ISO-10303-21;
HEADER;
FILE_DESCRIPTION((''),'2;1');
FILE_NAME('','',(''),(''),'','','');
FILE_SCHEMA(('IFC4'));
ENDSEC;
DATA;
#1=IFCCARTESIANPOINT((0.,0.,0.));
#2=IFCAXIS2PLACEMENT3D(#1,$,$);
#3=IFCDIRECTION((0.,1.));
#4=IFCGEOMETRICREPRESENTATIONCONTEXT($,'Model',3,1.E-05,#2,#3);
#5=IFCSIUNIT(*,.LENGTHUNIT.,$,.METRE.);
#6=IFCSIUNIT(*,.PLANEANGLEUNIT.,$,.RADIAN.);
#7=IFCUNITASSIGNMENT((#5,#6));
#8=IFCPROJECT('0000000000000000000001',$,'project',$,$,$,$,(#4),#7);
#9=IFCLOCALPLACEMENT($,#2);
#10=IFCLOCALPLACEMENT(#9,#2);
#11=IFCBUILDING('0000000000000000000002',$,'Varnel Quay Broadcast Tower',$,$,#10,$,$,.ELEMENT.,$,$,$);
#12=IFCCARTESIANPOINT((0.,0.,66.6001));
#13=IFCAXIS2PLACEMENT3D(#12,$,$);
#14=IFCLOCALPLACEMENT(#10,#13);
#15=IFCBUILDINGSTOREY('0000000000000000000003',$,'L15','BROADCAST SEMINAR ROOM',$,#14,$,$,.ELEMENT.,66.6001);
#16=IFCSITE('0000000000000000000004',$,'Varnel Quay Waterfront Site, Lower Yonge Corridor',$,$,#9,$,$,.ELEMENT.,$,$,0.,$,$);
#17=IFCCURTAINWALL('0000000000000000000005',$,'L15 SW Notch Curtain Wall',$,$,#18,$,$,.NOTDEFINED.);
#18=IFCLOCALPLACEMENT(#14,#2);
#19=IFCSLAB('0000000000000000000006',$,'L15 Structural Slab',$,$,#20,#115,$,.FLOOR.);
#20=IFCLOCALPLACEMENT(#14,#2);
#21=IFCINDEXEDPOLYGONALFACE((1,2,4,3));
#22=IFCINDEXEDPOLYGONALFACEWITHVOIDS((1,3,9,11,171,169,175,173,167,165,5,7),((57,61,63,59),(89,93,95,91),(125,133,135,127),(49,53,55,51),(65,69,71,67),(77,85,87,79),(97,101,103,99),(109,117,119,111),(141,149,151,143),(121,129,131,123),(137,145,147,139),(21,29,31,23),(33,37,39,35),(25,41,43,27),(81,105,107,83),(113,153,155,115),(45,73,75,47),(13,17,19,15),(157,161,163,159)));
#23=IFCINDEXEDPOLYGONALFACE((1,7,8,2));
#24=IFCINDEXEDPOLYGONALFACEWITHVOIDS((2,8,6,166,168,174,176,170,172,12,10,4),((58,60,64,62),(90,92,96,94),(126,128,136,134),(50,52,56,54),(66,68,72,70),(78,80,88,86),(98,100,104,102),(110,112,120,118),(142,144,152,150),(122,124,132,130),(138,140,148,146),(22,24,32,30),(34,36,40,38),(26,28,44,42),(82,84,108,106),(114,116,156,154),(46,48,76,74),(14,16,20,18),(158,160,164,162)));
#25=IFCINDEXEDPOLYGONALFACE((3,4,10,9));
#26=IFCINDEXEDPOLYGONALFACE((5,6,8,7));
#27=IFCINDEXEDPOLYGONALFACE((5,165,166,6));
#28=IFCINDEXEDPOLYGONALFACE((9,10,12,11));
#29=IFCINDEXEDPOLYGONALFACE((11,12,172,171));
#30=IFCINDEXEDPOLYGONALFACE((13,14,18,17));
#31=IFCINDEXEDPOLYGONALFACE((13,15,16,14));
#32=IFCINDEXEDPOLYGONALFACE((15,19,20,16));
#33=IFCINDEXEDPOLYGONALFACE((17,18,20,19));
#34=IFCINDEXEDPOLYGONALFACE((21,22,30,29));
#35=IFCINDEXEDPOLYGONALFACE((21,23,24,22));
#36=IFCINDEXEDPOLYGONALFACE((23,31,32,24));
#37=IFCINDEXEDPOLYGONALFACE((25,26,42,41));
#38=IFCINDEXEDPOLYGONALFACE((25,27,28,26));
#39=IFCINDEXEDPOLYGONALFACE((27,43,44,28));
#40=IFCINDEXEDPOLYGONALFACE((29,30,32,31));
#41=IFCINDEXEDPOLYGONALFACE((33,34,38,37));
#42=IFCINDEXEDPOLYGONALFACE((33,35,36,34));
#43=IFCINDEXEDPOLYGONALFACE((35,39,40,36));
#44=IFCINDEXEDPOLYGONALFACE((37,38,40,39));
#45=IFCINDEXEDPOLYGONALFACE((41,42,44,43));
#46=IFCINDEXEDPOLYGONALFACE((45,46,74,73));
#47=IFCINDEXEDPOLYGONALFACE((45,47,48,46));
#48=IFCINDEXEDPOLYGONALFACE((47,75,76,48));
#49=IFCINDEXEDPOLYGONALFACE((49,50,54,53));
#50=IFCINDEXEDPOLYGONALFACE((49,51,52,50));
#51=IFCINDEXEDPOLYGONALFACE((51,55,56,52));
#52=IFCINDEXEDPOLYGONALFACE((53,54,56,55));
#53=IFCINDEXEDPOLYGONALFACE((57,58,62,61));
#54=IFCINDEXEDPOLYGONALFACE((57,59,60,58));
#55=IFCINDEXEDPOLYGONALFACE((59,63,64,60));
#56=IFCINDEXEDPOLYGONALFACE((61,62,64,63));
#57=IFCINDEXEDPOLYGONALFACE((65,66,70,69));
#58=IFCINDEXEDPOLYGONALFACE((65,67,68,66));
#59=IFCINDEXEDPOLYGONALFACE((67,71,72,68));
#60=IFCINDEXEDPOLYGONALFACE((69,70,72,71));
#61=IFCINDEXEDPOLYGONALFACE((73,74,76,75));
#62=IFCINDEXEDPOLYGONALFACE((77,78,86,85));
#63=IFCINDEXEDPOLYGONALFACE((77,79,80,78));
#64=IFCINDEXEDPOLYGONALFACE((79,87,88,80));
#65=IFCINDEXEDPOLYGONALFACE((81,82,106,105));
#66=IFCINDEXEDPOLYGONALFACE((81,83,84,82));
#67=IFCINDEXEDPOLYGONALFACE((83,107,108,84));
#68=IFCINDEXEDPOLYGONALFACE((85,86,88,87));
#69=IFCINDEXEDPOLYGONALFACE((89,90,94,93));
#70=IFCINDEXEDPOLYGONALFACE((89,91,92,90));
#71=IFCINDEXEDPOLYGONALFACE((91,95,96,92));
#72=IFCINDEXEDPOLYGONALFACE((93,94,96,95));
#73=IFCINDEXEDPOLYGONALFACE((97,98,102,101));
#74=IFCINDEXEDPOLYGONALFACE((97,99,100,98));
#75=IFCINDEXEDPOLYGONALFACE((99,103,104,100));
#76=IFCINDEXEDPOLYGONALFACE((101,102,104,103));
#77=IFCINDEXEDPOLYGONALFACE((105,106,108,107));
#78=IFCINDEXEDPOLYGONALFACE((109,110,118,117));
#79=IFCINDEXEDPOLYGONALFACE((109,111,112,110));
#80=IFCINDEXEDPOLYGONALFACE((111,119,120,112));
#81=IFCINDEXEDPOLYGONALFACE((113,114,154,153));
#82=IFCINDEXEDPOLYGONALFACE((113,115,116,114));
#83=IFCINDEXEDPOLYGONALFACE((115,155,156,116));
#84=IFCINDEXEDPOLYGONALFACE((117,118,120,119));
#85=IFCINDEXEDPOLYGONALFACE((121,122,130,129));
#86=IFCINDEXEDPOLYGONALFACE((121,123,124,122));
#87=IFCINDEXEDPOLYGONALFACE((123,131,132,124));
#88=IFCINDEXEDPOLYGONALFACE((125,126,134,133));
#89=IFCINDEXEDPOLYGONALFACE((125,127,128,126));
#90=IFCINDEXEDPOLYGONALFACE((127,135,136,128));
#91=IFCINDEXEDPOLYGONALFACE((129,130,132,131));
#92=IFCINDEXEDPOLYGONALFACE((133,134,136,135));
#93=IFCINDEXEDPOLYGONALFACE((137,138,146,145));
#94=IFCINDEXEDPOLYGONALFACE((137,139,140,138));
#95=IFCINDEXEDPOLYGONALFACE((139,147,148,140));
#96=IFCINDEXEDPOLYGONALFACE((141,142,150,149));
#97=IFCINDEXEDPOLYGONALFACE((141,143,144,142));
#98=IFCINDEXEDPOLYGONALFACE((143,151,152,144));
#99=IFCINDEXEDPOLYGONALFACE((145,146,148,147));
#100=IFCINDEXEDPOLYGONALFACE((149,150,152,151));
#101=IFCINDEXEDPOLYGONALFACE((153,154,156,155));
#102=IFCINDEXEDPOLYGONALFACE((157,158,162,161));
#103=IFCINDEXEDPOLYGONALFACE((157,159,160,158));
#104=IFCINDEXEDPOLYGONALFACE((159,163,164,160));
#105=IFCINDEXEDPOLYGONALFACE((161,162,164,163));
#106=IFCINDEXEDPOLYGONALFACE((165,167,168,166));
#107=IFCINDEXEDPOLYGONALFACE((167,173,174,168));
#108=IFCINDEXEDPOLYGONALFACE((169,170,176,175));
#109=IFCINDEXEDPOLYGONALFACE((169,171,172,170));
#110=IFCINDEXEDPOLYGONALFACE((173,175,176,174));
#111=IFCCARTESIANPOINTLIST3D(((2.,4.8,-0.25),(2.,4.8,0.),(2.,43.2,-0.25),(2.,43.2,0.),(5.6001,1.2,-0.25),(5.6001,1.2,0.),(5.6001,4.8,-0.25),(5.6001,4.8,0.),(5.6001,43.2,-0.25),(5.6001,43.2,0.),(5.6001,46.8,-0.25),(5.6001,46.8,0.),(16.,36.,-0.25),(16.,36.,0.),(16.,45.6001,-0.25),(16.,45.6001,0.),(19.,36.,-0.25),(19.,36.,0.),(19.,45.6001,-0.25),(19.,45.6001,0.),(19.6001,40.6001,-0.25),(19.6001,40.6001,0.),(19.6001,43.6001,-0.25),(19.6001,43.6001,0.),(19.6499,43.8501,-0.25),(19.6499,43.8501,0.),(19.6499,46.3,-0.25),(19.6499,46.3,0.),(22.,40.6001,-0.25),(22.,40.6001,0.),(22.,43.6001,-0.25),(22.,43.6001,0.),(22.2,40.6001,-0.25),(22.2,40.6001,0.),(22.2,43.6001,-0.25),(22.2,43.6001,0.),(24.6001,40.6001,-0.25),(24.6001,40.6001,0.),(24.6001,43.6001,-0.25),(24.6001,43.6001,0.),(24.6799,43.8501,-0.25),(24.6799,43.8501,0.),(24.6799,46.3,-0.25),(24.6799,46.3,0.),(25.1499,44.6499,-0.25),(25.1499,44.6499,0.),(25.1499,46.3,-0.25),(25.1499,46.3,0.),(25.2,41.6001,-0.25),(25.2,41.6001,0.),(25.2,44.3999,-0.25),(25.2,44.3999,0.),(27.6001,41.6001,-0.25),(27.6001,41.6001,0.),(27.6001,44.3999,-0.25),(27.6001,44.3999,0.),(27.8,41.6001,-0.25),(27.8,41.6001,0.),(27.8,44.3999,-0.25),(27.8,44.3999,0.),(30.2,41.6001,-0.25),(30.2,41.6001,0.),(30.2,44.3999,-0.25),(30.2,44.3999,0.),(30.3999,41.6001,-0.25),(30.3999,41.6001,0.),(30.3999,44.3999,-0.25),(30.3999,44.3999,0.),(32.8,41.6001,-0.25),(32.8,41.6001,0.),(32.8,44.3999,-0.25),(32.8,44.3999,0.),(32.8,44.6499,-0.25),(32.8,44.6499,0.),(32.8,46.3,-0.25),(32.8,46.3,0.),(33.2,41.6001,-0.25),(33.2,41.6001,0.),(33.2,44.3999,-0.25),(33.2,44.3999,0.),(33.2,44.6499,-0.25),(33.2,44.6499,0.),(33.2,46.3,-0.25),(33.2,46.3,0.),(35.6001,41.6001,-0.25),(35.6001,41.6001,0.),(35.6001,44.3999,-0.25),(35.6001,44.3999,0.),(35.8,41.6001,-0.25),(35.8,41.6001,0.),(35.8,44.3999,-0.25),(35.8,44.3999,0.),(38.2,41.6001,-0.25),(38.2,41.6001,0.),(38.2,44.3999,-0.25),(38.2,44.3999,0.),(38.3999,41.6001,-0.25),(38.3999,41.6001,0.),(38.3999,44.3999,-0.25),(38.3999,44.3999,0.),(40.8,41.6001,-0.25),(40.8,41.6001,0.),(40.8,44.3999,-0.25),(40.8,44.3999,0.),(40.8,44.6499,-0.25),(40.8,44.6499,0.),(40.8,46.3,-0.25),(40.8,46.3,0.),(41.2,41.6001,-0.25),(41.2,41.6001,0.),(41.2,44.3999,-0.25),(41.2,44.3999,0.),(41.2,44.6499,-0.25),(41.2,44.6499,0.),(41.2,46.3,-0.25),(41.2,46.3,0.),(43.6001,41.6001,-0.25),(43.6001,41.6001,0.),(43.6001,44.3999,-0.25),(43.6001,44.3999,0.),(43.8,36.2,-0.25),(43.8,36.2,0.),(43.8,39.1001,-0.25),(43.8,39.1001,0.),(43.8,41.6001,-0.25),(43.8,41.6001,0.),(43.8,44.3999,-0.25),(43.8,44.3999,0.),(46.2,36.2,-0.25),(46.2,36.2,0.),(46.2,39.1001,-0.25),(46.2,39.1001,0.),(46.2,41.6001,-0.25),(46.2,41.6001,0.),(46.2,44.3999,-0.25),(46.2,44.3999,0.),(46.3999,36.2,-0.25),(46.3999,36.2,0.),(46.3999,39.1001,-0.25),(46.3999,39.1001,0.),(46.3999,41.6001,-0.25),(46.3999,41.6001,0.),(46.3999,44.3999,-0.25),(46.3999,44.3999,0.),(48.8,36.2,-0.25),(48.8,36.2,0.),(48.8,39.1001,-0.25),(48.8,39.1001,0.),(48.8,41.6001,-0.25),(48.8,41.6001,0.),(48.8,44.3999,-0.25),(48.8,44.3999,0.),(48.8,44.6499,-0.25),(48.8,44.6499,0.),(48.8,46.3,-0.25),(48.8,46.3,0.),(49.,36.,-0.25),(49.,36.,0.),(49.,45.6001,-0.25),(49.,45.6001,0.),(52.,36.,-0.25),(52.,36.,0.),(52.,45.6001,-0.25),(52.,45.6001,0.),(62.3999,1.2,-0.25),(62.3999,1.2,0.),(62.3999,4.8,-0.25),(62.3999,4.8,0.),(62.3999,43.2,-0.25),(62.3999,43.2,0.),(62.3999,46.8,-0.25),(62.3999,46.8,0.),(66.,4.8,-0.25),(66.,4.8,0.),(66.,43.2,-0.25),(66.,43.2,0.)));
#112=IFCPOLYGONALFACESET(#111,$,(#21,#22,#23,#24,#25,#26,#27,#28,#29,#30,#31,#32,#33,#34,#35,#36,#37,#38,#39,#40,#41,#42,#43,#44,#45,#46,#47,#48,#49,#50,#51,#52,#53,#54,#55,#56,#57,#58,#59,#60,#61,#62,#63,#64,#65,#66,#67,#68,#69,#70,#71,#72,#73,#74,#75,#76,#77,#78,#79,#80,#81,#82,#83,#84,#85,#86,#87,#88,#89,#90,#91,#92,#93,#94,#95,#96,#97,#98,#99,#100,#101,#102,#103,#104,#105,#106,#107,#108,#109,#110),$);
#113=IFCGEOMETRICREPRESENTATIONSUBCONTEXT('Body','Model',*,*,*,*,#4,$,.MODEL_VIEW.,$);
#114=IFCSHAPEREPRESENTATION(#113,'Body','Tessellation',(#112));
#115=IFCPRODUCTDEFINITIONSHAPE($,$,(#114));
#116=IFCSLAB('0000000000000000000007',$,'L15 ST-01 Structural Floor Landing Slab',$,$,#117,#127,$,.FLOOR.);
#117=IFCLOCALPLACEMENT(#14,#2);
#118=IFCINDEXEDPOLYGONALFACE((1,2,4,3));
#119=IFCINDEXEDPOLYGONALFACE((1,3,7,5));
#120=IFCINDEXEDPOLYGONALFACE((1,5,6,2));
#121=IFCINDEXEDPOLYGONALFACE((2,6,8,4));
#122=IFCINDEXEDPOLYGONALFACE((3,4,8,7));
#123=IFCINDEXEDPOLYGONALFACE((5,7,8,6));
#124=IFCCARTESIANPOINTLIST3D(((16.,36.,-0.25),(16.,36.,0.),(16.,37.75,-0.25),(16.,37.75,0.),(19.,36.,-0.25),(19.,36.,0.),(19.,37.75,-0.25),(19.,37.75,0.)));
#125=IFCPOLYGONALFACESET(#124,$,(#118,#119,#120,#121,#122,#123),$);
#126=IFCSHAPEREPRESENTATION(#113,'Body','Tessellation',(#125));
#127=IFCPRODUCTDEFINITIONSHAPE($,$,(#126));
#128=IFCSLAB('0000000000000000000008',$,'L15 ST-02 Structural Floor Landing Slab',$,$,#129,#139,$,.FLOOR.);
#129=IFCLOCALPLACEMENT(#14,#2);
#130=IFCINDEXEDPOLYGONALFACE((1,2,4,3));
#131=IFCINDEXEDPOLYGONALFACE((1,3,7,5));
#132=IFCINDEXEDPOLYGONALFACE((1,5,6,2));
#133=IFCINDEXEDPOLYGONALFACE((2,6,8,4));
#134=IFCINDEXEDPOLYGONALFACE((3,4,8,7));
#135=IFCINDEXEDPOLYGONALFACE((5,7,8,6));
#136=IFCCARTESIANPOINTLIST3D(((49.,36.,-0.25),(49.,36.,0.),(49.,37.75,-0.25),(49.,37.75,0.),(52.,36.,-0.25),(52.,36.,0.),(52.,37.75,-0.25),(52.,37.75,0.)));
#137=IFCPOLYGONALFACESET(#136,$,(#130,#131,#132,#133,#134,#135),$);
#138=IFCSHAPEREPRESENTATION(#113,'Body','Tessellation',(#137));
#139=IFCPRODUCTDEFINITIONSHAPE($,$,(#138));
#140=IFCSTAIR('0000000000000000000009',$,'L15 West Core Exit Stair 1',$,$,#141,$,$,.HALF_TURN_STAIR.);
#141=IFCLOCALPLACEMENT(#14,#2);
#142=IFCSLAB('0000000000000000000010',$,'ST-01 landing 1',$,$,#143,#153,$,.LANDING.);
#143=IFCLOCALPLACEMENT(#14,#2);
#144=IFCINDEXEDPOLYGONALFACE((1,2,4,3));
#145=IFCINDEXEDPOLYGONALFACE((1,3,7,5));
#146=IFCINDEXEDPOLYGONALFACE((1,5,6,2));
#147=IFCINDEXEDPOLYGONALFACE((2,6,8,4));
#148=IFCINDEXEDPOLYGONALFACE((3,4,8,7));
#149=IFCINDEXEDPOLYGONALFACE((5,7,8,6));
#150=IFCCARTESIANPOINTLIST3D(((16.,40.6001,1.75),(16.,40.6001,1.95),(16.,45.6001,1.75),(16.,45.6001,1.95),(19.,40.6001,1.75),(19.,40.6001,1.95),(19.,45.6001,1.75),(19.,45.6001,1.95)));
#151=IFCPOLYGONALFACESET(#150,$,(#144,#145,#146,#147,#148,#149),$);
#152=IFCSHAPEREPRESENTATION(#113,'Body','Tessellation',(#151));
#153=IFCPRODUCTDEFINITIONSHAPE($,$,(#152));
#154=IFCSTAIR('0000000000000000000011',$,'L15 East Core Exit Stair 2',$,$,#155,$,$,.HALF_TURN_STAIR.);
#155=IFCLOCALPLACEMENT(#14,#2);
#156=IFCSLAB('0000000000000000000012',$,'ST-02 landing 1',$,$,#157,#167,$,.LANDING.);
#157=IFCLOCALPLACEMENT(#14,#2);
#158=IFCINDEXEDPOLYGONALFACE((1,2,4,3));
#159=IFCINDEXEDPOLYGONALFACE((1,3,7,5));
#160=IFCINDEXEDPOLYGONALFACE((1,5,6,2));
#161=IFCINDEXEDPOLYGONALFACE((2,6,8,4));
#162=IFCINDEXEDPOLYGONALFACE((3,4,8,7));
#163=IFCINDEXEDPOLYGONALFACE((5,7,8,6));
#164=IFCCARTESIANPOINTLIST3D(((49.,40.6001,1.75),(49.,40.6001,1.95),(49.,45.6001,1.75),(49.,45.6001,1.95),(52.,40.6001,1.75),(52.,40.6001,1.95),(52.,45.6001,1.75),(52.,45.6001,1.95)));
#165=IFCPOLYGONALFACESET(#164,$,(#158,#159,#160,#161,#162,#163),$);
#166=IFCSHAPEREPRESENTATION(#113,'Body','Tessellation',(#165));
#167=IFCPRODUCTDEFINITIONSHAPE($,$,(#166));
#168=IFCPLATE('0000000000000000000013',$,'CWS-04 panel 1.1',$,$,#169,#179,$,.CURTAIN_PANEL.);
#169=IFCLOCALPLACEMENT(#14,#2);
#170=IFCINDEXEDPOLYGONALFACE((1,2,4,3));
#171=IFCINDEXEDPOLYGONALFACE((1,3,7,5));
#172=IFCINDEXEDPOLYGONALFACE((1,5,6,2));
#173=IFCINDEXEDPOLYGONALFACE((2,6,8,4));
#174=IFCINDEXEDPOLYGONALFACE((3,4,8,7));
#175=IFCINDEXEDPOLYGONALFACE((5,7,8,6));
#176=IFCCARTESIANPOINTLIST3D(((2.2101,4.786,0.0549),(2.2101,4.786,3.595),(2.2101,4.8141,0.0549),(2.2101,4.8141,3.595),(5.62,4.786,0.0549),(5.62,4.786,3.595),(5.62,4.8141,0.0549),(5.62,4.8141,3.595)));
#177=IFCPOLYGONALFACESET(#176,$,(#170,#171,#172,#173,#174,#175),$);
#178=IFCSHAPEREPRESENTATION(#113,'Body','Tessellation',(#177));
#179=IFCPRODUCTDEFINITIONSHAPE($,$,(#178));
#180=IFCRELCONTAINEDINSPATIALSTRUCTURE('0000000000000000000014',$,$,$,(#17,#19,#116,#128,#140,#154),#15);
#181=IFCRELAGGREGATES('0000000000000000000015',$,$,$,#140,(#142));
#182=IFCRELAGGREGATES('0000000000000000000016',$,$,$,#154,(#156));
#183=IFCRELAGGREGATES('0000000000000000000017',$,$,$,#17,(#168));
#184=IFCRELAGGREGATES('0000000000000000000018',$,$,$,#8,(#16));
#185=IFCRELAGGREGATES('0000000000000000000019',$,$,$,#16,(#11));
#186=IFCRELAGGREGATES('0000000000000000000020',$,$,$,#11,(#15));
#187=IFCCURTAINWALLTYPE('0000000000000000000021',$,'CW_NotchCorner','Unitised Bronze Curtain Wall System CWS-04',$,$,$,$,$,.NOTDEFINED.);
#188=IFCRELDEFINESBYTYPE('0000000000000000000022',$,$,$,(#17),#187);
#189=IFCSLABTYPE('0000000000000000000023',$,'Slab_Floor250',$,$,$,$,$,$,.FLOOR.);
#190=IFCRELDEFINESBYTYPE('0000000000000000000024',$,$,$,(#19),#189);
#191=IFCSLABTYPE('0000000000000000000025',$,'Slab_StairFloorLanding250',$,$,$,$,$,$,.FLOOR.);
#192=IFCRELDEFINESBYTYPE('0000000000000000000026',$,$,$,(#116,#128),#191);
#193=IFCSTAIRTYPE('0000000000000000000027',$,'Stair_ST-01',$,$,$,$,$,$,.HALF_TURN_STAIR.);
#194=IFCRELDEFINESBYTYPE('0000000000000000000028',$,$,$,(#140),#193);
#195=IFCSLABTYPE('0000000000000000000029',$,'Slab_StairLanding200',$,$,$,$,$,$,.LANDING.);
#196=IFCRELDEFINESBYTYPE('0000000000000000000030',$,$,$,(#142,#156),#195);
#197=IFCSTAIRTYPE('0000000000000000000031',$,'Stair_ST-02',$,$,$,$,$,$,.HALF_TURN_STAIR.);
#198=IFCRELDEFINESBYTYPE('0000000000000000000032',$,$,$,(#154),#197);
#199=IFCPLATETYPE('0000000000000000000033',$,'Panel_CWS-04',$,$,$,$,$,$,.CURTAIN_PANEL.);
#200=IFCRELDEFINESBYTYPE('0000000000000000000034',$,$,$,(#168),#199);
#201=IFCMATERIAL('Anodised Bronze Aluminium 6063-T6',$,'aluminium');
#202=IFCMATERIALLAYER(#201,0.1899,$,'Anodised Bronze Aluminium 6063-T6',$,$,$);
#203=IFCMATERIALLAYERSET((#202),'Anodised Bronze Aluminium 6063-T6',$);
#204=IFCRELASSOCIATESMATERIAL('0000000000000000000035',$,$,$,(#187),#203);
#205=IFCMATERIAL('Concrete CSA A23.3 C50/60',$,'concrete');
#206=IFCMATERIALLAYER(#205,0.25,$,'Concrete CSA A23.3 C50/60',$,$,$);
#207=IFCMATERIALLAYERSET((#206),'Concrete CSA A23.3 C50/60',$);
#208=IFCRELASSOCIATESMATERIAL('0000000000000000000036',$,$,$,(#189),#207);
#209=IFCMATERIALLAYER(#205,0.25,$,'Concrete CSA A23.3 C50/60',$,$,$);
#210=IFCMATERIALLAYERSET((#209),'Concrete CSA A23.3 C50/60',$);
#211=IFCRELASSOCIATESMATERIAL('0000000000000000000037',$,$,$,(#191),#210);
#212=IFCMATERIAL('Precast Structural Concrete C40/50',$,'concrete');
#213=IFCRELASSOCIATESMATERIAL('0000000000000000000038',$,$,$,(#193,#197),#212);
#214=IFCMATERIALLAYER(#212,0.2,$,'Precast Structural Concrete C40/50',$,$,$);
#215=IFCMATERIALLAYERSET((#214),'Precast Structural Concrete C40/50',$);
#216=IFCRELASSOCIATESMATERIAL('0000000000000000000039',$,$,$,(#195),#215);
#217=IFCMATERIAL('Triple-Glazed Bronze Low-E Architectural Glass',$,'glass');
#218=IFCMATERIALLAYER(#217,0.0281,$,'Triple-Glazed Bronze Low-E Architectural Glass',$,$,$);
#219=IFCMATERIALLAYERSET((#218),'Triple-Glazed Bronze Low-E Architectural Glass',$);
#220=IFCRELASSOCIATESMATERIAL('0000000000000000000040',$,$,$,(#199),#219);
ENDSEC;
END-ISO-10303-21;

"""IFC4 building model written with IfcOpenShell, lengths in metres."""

from ifc_helpers import new_model, si_unit, direction, frame, origin, origin_2d, place, context, subcontext, project, spatial, polyline, rectangle, outline, extrude, source, transform, mapped, material, layer, layer_set, type_object, type_shapes, element, aggregate, save


model = new_model("IFC4")

# Units and contexts
model_context = context("Model", 3, precision=1e-05, world=origin(), true_north=direction((0.0, 1.0)))
body_context = subcontext(model_context, "Body", "Model", "MODEL_VIEW")
ifc_project = project(units=[si_unit("LENGTHUNIT", "METRE"), si_unit("PLANEANGLEUNIT", "RADIAN")], contexts=[model_context])

# Site, building, storey
site_placement = place(None, origin())
site = spatial("IfcSite", under=ifc_project, at=site_placement, Name="Varnel Quay Waterfront Site, Lower Yonge Corridor", CompositionType="ELEMENT", RefElevation=0.0)
building_placement = place(site_placement, origin())
building = spatial("IfcBuilding", under=site, at=building_placement, Name="Varnel Quay Broadcast Tower", CompositionType="ELEMENT")
storey_placement = place(building_placement, frame((0.0, 0.0, 66.6001)))
storey = spatial("IfcBuildingStorey", under=building, at=storey_placement, Name="L15", Description="BROADCAST SEMINAR ROOM", CompositionType="ELEMENT", Elevation=66.6001)

# Shared definitions
ifc_material_1 = material(Name="Anodised Bronze Aluminium 6063-T6", Category="aluminium")

# Curtain wall
ifc_layer_1 = layer(ifc_material_1, 0.1899, Name="Anodised Bronze Aluminium 6063-T6")
ifc_layer_set_1 = layer_set([ifc_layer_1], Name="Anodised Bronze Aluminium 6063-T6")
curtain_wall_type_1 = type_object("IfcCurtainWallType", Name="CW_NotchCorner", Description="Unitised Bronze Curtain Wall System CWS-04", PredefinedType="NOTDEFINED", material=ifc_layer_set_1)
curtain_wall_1_placement = place(storey_placement, origin())
curtain_wall_1 = element("IfcCurtainWall", 1, at=curtain_wall_1_placement, inside=storey, type_object=curtain_wall_type_1, Name="L15 SW Notch Curtain Wall", PredefinedType="NOTDEFINED")

# Slabs
ifc_material_2 = material(Name="Concrete CSA A23.3 C50/60", Category="concrete")
ifc_layer_2 = layer(ifc_material_2, 0.25, Name="Concrete CSA A23.3 C50/60")
ifc_layer_set_2 = layer_set([ifc_layer_2], Name="Concrete CSA A23.3 C50/60")
slab_type_1 = type_object("IfcSlabType", Name="Slab_Floor250", PredefinedType="FLOOR", material=ifc_layer_set_2)
slab_1_placement = place(storey_placement, frame((0.0, 0.0, -0.25)))
element("IfcSlab", 2, at=slab_1_placement, inside=storey, type_object=slab_type_1, Name="L15 Structural Slab", PredefinedType="FLOOR", context=body_context, shape_type="SweptSolid", body=[
    extrude(outline(polyline([(5.6001, 1.2), (62.3999, 1.2), (62.3999, 4.8), (66.0, 4.8), (66.0, 43.2), (62.3999, 43.2), (62.3999, 46.8), (5.6001, 46.8), (5.6001, 43.2), (2.0, 43.2), (2.0, 4.8), (5.6001, 4.8), (5.6001, 1.2)]), holes=[polyline([(16.0, 36.0), (16.0, 45.6001), (19.0, 45.6001), (19.0, 36.0), (16.0, 36.0)]), polyline([(19.6001, 43.6001), (22.0, 43.6001), (22.0, 40.6001), (19.6001, 40.6001), (19.6001, 43.6001)]), polyline([(22.2, 43.6001), (24.6001, 43.6001), (24.6001, 40.6001), (22.2, 40.6001), (22.2, 43.6001)]), polyline([(25.2, 44.3999), (27.6001, 44.3999), (27.6001, 41.6001), (25.2, 41.6001), (25.2, 44.3999)]), polyline([(27.8, 44.3999), (30.2, 44.3999), (30.2, 41.6001), (27.8, 41.6001), (27.8, 44.3999)]), polyline([(30.3999, 44.3999), (32.8, 44.3999), (32.8, 41.6001), (30.3999, 41.6001), (30.3999, 44.3999)]), polyline([(33.2, 44.3999), (35.6001, 44.3999), (35.6001, 41.6001), (33.2, 41.6001), (33.2, 44.3999)]), polyline([(38.2, 44.3999), (38.2, 41.6001), (35.8, 41.6001), (35.8, 44.3999), (38.2, 44.3999)]), polyline([(24.6799, 46.3), (24.6799, 43.8501), (19.6499, 43.8501), (19.6499, 46.3), (24.6799, 46.3)]), polyline([(25.1499, 46.3), (32.8, 46.3), (32.8, 44.6499), (25.1499, 44.6499), (25.1499, 46.3)]), polyline([(43.8, 39.1001), (46.2, 39.1001), (46.2, 36.2), (43.8, 36.2), (43.8, 39.1001)]), polyline([(46.3999, 39.1001), (48.8, 39.1001), (48.8, 36.2), (46.3999, 36.2), (46.3999, 39.1001)]), polyline([(49.0, 45.6001), (52.0, 45.6001), (52.0, 36.0), (49.0, 36.0), (49.0, 45.6001)]), polyline([(40.8, 44.3999), (40.8, 41.6001), (38.3999, 41.6001), (38.3999, 44.3999), (40.8, 44.3999)]), polyline([(41.2, 44.3999), (43.6001, 44.3999), (43.6001, 41.6001), (41.2, 41.6001), (41.2, 44.3999)]), polyline([(43.8, 44.3999), (46.2, 44.3999), (46.2, 41.6001), (43.8, 41.6001), (43.8, 44.3999)]), polyline([(46.3999, 44.3999), (48.8, 44.3999), (48.8, 41.6001), (46.3999, 41.6001), (46.3999, 44.3999)]), polyline([(40.8, 46.3), (40.8, 44.6499), (33.2, 44.6499), (33.2, 46.3), (40.8, 46.3)]), polyline([(48.8, 46.3), (48.8, 44.6499), (41.2, 44.6499), (41.2, 46.3), (48.8, 46.3)])]), origin(), (0.0, 0.0, 1.0), 0.25),
])
ifc_layer_3 = layer(ifc_material_2, 0.25, Name="Concrete CSA A23.3 C50/60")
ifc_layer_set_3 = layer_set([ifc_layer_3], Name="Concrete CSA A23.3 C50/60")
slab_type_2 = type_object("IfcSlabType", Name="Slab_StairFloorLanding250", PredefinedType="FLOOR", material=ifc_layer_set_3)
slab_2_placement = place(storey_placement, frame((0.0, 0.0, -0.25)))
element("IfcSlab", 3, at=slab_2_placement, inside=storey, type_object=slab_type_2, Name="L15 ST-01 Structural Floor Landing Slab", PredefinedType="FLOOR", context=body_context, shape_type="SweptSolid", body=[
    extrude(outline(polyline([(19.0, 36.0), (19.0, 37.75), (16.0, 37.75), (16.0, 36.0), (19.0, 36.0)])), origin(), (0.0, 0.0, 1.0), 0.25),
])
slab_3_placement = place(storey_placement, frame((0.0, 0.0, -0.25)))
element("IfcSlab", 4, at=slab_3_placement, inside=storey, type_object=slab_type_2, Name="L15 ST-02 Structural Floor Landing Slab", PredefinedType="FLOOR", context=body_context, shape_type="SweptSolid", body=[
    extrude(outline(polyline([(52.0, 36.0), (52.0, 37.75), (49.0, 37.75), (49.0, 36.0), (52.0, 36.0)])), origin(), (0.0, 0.0, 1.0), 0.25),
])

# Stairs, slabs
ifc_material_3 = material(Name="Precast Structural Concrete C40/50", Category="concrete")
stair_type_1 = type_object("IfcStairType", Name="Stair_ST-01", PredefinedType="HALF_TURN_STAIR", material=ifc_material_3)
stair_1_placement = place(storey_placement, origin())
stair_1 = element("IfcStair", 5, at=stair_1_placement, inside=storey, type_object=stair_type_1, Name="L15 West Core Exit Stair 1", PredefinedType="HALF_TURN_STAIR")
ifc_layer_4 = layer(ifc_material_3, 0.2, Name="Precast Structural Concrete C40/50")
ifc_layer_set_4 = layer_set([ifc_layer_4], Name="Precast Structural Concrete C40/50")
slab_type_3 = type_object("IfcSlabType", Name="Slab_StairLanding200", PredefinedType="LANDING", material=ifc_layer_set_4)
slab_4_placement = place(storey_placement, frame((0.0, 0.0, 1.75)))
slab_4 = element("IfcSlab", 6, at=slab_4_placement, type_object=slab_type_3, Name="ST-01 landing 1", PredefinedType="LANDING", context=body_context, shape_type="SweptSolid", body=[
    extrude(outline(polyline([(19.0, 40.6001), (19.0, 45.6001), (16.0, 45.6001), (16.0, 40.6001), (19.0, 40.6001)])), origin(), (0.0, 0.0, 1.0), 0.2),
])
aggregate(stair_1, [slab_4])
stair_type_2 = type_object("IfcStairType", Name="Stair_ST-02", PredefinedType="HALF_TURN_STAIR", material=ifc_material_3)
stair_2_placement = place(storey_placement, origin())
stair_2 = element("IfcStair", 7, at=stair_2_placement, inside=storey, type_object=stair_type_2, Name="L15 East Core Exit Stair 2", PredefinedType="HALF_TURN_STAIR")
slab_5_placement = place(storey_placement, frame((0.0, 0.0, 1.75)))
slab_5 = element("IfcSlab", 8, at=slab_5_placement, type_object=slab_type_3, Name="ST-02 landing 1", PredefinedType="LANDING", context=body_context, shape_type="SweptSolid", body=[
    extrude(outline(polyline([(52.0, 40.6001), (52.0, 45.6001), (49.0, 45.6001), (49.0, 40.6001), (52.0, 40.6001)])), origin(), (0.0, 0.0, 1.0), 0.2),
])
aggregate(stair_2, [slab_5])

# Plate
ifc_material_4 = material(Name="Triple-Glazed Bronze Low-E Architectural Glass", Category="glass")
ifc_layer_5 = layer(ifc_material_4, 0.0281, Name="Triple-Glazed Bronze Low-E Architectural Glass")
ifc_layer_set_5 = layer_set([ifc_layer_5], Name="Triple-Glazed Bronze Low-E Architectural Glass")
plate_type_1 = type_object("IfcPlateType", Name="Panel_CWS-04", PredefinedType="CURTAIN_PANEL", material=ifc_layer_set_5)
shared_shape_1 = source(origin(), body_context, "Body", "SweptSolid", [
    extrude(rectangle(XDim=3.4099, YDim=0.0281, at=origin_2d()), origin(), (0.0, 0.0, 1.0), 3.54),
])
type_shapes(plate_type_1, [shared_shape_1])
plate_1_placement = place(storey_placement, frame((3.915, 4.8, 0.0549), z_axis=(0.0, 0.0, 1.0), x_axis=(1.0, 0.0, 0.0)))
plate_1 = element("IfcPlate", 9, at=plate_1_placement, type_object=plate_type_1, Name="CWS-04 panel 1.1", PredefinedType="CURTAIN_PANEL", context=body_context, shape_type="MappedRepresentation", body=[
    mapped(shared_shape_1, transform((0.0, 0.0, 0.0), x_axis=(1.0, 0.0, 0.0), y_axis=(0.0, 1.0, 0.0), z_axis=(0.0, 0.0, 1.0), scale=1.0)),
])
aggregate(curtain_wall_1, [plate_1])

save(model, "model.ifc")
